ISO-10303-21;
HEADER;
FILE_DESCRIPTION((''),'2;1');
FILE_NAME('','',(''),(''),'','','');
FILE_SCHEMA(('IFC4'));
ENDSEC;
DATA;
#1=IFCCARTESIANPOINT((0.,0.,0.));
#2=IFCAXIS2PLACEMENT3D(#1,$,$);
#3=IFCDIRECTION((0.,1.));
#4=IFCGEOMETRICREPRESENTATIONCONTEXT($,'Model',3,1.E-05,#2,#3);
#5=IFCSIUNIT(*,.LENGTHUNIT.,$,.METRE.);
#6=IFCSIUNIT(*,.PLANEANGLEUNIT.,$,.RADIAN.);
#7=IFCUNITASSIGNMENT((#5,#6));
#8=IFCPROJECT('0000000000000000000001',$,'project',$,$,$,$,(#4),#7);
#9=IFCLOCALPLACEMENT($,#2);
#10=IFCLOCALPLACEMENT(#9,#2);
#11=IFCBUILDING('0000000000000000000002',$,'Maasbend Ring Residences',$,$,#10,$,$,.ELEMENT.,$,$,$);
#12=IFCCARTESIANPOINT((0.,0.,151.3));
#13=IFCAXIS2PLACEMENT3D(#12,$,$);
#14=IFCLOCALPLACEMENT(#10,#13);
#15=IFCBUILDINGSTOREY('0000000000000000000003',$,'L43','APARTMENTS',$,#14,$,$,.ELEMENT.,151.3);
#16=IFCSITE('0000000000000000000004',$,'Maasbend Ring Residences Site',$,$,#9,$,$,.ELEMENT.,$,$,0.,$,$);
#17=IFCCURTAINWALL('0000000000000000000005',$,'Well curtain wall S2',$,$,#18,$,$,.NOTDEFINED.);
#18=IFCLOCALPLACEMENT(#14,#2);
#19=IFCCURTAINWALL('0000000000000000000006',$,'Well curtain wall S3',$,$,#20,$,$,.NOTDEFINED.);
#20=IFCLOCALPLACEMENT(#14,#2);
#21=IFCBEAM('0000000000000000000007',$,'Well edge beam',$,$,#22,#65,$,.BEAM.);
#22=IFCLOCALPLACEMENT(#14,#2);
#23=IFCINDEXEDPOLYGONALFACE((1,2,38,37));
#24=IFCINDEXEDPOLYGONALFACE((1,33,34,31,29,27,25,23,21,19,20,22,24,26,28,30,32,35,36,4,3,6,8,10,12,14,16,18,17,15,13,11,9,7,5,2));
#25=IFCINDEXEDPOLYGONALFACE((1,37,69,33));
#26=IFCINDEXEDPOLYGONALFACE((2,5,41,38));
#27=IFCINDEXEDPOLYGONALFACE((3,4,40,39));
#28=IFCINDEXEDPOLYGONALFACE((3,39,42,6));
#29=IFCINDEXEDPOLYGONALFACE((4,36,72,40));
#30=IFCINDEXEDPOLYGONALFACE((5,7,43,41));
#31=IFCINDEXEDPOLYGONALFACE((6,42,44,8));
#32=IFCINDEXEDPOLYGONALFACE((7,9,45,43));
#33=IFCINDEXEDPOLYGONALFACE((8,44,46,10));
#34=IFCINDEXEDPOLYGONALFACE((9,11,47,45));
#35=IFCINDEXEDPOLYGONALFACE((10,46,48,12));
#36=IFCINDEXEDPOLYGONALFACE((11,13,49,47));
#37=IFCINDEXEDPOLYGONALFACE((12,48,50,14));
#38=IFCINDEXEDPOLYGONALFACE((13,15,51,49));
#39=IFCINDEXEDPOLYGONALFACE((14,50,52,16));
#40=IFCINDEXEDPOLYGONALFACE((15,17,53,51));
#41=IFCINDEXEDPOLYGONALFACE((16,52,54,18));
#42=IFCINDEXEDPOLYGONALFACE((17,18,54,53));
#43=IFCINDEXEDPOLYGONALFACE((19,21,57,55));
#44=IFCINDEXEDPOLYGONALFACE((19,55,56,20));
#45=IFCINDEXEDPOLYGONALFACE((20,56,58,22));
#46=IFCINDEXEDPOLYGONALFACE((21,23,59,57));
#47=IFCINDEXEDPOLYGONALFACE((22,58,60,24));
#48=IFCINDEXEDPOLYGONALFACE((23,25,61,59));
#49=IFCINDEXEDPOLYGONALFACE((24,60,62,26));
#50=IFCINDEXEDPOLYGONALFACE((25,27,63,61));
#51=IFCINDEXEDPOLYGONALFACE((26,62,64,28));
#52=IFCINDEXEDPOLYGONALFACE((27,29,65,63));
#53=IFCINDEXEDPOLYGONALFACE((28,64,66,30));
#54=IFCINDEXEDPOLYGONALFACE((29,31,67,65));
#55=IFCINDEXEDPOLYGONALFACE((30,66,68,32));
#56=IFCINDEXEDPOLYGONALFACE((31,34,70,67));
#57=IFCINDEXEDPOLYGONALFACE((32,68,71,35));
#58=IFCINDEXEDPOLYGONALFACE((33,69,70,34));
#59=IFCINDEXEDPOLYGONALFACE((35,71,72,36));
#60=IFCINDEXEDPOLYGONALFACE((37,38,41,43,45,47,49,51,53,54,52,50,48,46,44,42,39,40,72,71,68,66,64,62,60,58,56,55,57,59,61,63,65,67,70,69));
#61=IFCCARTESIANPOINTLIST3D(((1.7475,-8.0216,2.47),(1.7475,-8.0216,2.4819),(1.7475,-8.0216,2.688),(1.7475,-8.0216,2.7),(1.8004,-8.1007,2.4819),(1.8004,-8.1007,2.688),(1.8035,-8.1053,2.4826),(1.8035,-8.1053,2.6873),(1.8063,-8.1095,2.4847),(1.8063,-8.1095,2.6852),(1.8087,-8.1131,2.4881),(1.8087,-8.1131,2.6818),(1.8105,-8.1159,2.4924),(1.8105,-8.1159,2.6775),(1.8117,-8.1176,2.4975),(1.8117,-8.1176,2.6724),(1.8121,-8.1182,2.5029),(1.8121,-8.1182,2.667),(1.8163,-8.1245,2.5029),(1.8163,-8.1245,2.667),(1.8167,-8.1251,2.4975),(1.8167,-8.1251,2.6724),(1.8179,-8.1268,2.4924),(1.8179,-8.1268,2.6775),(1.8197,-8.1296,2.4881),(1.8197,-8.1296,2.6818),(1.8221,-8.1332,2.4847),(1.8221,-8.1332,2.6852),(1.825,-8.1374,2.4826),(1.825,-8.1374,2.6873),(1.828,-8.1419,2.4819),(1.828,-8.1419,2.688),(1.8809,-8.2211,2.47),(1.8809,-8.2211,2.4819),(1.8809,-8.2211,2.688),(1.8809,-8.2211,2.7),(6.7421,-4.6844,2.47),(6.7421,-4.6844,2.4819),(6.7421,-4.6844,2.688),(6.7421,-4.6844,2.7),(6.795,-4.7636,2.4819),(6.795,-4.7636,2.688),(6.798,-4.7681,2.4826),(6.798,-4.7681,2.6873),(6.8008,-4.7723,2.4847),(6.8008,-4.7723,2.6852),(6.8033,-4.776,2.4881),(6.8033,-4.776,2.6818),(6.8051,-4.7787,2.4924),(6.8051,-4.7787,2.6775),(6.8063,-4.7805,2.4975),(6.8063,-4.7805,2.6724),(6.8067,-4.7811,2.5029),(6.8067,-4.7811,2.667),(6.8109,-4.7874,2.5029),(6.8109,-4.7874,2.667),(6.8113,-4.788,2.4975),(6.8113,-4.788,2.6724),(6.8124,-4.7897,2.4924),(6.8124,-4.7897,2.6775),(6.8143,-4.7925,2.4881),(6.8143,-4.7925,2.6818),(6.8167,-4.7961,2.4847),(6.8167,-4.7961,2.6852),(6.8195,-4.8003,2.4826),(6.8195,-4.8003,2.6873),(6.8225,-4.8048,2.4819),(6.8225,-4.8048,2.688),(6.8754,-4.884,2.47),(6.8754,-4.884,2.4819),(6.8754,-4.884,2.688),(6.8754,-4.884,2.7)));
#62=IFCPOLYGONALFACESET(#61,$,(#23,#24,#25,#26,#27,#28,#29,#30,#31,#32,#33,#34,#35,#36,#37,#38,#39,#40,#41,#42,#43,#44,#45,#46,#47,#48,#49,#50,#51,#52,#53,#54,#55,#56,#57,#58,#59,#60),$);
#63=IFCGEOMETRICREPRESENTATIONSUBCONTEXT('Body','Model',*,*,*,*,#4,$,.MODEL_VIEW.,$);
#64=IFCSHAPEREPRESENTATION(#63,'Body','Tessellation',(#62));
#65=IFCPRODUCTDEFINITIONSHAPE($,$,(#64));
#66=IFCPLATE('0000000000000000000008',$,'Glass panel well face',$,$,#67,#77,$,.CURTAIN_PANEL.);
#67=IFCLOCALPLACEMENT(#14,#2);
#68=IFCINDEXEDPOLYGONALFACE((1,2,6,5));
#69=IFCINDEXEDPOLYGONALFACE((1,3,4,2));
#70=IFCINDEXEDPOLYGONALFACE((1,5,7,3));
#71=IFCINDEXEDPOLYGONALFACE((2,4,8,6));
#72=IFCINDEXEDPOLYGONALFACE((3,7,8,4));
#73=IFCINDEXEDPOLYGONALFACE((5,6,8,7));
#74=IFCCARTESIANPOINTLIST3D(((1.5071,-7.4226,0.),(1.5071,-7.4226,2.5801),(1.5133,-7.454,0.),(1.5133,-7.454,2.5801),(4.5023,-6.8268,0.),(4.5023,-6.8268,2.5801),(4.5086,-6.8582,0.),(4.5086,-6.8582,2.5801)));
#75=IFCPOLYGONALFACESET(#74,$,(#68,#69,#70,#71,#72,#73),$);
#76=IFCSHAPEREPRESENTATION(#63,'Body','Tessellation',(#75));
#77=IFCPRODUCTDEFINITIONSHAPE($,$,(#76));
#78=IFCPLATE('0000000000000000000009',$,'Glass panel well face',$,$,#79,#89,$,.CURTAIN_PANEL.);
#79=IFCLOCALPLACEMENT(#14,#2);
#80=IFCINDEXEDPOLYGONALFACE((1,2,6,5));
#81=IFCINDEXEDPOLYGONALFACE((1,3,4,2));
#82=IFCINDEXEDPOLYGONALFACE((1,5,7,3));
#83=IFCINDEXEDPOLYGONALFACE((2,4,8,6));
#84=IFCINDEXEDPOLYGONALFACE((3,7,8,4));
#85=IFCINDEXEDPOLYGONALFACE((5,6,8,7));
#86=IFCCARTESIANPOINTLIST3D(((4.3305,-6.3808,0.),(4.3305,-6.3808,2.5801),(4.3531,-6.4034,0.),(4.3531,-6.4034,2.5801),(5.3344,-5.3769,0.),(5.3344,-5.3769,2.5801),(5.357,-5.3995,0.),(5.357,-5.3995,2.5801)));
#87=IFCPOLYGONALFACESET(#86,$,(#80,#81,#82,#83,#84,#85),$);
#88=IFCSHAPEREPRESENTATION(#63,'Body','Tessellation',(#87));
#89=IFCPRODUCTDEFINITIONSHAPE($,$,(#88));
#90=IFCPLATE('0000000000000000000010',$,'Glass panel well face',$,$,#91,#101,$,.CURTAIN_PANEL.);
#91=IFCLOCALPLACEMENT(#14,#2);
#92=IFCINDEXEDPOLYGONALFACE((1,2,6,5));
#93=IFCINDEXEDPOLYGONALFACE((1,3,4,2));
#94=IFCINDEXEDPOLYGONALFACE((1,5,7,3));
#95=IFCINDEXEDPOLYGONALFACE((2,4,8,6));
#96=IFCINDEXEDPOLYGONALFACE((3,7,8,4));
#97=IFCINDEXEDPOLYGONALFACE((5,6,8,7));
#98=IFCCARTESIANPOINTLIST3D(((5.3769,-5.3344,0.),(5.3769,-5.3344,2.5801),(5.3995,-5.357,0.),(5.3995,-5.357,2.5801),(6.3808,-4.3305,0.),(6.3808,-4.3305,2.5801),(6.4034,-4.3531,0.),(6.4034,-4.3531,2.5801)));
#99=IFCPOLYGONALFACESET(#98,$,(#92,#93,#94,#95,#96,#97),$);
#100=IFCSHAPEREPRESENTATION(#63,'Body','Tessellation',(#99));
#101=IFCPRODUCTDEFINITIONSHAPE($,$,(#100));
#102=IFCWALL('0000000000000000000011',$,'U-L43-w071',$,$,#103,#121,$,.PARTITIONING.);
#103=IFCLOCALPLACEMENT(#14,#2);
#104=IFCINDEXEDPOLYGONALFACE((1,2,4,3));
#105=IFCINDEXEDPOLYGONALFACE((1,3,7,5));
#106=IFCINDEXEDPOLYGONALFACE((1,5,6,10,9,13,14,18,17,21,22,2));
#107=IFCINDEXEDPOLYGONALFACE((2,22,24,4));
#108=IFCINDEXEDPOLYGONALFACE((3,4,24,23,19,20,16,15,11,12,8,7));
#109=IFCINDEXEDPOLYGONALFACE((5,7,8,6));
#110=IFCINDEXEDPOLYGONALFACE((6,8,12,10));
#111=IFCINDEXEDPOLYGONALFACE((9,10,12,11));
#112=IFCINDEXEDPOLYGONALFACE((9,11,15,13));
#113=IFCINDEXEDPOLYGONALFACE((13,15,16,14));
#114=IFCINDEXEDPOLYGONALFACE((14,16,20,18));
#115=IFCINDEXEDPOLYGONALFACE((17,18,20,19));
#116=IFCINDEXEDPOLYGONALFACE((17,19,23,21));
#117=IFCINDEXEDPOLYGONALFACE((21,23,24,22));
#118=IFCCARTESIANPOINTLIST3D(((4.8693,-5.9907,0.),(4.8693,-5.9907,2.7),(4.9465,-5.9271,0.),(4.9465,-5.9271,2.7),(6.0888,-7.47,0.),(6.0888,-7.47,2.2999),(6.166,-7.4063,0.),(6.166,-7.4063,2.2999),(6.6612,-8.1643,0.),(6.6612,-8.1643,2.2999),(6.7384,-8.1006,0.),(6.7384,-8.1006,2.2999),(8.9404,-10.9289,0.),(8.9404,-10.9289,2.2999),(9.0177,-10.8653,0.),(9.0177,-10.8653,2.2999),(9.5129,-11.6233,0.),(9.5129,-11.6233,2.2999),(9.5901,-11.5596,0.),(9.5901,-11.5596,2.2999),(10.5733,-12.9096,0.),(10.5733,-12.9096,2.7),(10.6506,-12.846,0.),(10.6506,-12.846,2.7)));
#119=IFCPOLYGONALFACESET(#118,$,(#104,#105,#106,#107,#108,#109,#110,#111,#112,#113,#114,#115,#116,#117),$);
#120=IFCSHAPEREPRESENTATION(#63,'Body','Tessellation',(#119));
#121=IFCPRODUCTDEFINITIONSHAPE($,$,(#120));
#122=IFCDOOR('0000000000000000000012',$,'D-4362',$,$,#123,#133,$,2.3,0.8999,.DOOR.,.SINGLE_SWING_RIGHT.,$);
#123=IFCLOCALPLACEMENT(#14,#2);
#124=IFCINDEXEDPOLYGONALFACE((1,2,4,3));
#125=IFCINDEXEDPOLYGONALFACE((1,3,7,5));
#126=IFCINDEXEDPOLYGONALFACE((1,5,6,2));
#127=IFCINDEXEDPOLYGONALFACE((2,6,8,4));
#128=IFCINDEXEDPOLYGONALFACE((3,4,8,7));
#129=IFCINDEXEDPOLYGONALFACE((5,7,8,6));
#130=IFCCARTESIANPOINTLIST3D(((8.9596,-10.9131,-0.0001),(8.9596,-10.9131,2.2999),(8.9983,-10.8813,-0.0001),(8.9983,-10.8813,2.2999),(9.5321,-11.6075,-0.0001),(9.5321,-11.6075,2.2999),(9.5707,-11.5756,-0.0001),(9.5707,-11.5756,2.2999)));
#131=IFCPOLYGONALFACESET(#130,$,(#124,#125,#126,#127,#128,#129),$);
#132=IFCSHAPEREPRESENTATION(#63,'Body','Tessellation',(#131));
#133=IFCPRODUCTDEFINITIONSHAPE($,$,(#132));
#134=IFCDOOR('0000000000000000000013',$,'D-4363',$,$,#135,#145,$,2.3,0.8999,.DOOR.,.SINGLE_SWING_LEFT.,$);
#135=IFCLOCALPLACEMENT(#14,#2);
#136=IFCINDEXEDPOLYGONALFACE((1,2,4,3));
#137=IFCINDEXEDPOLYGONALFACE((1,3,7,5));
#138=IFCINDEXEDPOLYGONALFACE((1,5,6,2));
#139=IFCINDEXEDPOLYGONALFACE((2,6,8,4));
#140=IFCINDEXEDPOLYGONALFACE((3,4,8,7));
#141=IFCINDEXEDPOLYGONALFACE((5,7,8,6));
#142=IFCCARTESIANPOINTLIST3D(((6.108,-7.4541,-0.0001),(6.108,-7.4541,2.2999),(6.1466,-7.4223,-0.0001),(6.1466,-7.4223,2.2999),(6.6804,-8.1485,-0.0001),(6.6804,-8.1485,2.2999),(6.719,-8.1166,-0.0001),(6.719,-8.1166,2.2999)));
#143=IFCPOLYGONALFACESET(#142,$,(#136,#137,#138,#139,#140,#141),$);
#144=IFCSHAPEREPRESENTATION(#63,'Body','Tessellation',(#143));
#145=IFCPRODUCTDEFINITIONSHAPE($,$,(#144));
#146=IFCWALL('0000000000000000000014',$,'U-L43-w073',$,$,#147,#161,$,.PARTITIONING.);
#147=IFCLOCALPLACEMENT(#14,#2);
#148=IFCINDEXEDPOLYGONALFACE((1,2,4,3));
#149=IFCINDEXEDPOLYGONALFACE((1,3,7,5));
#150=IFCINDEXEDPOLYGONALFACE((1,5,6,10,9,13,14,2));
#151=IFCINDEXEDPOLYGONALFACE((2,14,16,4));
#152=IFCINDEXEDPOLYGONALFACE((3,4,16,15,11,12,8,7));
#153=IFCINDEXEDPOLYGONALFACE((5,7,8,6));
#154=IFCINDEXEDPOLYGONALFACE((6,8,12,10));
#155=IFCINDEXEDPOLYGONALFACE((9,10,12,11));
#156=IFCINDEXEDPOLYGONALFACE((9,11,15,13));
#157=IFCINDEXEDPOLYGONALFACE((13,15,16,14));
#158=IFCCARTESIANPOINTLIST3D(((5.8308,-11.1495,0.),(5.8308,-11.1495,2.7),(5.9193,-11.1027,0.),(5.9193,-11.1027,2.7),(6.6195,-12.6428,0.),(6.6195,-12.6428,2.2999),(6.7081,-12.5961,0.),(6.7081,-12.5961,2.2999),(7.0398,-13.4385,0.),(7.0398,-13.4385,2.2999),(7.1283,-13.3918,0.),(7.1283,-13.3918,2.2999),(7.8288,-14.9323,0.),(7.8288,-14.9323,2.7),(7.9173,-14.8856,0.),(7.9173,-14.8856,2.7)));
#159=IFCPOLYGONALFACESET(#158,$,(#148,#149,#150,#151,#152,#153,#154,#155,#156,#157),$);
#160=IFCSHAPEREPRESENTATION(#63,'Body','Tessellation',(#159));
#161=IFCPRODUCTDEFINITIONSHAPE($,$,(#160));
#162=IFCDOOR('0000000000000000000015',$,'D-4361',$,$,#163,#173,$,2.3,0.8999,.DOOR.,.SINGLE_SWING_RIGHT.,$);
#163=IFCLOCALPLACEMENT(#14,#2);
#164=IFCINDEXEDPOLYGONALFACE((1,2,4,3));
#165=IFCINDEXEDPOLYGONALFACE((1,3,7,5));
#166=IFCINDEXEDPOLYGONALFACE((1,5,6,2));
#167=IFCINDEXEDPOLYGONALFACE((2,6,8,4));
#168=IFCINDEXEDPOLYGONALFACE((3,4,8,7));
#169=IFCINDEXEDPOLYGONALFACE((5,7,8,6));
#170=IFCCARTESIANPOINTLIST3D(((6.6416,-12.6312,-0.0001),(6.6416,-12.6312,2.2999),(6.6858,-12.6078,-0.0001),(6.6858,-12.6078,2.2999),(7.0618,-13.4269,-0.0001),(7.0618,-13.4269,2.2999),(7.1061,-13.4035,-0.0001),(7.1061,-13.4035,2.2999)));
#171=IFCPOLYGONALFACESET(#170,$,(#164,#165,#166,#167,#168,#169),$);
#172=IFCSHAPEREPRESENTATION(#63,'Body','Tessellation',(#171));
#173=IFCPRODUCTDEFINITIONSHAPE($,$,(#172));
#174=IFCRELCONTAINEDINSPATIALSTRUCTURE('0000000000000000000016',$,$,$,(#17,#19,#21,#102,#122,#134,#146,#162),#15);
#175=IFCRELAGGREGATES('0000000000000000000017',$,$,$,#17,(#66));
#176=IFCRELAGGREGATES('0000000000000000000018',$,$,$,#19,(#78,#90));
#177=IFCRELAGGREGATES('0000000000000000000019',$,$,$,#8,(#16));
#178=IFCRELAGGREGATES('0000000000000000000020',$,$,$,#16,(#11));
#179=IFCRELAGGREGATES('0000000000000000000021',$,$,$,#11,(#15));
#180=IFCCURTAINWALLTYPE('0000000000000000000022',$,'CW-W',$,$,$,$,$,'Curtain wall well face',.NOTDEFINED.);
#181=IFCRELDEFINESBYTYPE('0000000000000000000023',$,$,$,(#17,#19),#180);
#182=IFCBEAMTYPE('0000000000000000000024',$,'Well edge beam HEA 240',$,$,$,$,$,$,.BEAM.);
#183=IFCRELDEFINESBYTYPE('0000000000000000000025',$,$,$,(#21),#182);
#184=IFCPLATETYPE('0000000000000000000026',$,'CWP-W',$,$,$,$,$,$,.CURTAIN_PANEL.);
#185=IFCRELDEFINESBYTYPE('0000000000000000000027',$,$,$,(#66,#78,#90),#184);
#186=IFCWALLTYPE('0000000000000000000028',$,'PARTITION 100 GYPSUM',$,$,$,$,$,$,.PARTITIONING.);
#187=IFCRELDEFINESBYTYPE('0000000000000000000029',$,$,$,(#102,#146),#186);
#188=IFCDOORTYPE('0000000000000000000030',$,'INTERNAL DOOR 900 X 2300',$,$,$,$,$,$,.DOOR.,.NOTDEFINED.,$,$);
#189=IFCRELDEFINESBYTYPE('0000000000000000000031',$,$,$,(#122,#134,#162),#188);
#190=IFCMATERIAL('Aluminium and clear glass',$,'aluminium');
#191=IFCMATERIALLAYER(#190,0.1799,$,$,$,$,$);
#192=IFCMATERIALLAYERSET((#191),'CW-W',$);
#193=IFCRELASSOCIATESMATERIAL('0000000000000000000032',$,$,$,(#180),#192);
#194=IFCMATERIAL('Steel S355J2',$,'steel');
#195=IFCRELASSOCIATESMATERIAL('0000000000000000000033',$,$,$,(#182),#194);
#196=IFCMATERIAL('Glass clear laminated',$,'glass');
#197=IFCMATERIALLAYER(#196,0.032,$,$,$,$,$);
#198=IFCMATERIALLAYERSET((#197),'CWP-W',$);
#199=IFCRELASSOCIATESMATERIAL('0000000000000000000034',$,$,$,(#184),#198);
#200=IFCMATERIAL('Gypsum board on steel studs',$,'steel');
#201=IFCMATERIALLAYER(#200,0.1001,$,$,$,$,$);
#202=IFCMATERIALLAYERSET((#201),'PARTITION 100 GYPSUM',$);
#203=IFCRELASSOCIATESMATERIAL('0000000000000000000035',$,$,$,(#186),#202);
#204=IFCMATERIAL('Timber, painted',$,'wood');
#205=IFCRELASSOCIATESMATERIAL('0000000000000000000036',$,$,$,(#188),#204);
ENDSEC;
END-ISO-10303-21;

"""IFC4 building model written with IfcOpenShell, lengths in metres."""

from ifc_helpers import new_model, si_unit, direction, frame, frame_2d, origin, origin_2d, place, context, subcontext, project, spatial, rectangle, i_section, extrude, material, layer, layer_set, material_profile, profile_set, type_object, element, fill, aggregate, save


model = new_model("IFC4")

# Units and contexts
model_context = context("Model", 3, precision=1e-05, world=origin(), true_north=direction((0.0, 1.0)))
body_context = subcontext(model_context, "Body", "Model", "MODEL_VIEW")
ifc_project = project(units=[si_unit("LENGTHUNIT", "METRE"), si_unit("PLANEANGLEUNIT", "RADIAN")], contexts=[model_context])

# Site, building, storey
site_placement = place(None, origin())
site = spatial("IfcSite", under=ifc_project, at=site_placement, Name="Maasbend Ring Residences Site", CompositionType="ELEMENT", RefElevation=0.0)
building_placement = place(site_placement, origin())
building = spatial("IfcBuilding", under=site, at=building_placement, Name="Maasbend Ring Residences", CompositionType="ELEMENT")
storey_placement = place(building_placement, frame((0.0, 0.0, 151.3)))
storey = spatial("IfcBuildingStorey", under=building, at=storey_placement, Name="L43", Description="APARTMENTS", CompositionType="ELEMENT", Elevation=151.3)

# Curtain walls
ifc_material_1 = material(Name="Aluminium and clear glass", Category="aluminium")
ifc_layer_1 = layer(ifc_material_1, 0.1799)
ifc_layer_set_1 = layer_set([ifc_layer_1], Name="CW-W")
curtain_wall_type = type_object("IfcCurtainWallType", Name="CW-W", ElementType="Curtain wall well face", PredefinedType="NOTDEFINED", material=ifc_layer_set_1)
curtain_wall_1_placement = place(storey_placement, origin())
curtain_wall_1 = element("IfcCurtainWall", 1, at=curtain_wall_1_placement, inside=storey, type_object=curtain_wall_type, Name="Well curtain wall S2", PredefinedType="NOTDEFINED")
curtain_wall_2_placement = place(storey_placement, origin())
curtain_wall_2 = element("IfcCurtainWall", 2, at=curtain_wall_2_placement, inside=storey, type_object=curtain_wall_type, Name="Well curtain wall S3", PredefinedType="NOTDEFINED")

# Beam
ifc_material_2 = material(Name="Steel S355J2", Category="steel")
ifc_material_profile_1 = material_profile(ifc_material_2, i_section(OverallWidth=0.24, OverallDepth=0.23, WebThickness=0.0076, FlangeThickness=0.012, FilletRadius=0.021, at=origin_2d()), Name="HEA 240")
ifc_profile_set_1 = profile_set([ifc_material_profile_1], Name="Steel S355J2")
beam_type = type_object("IfcBeamType", Name="Well edge beam HEA 240", PredefinedType="BEAM", material=ifc_profile_set_1)
beam_placement = place(storey_placement, frame((1.8142, -8.1213, 2.585), z_axis=(0.831481, 0.555553, 0.0), x_axis=(-0.555553, 0.831481, 0.0)))
element("IfcBeam", 3, at=beam_placement, inside=storey, type_object=beam_type, Name="Well edge beam", PredefinedType="BEAM", context=body_context, shape_type="SweptSolid", body=[
    extrude(i_section(OverallWidth=0.24, OverallDepth=0.23, WebThickness=0.0076, FlangeThickness=0.012, FilletRadius=0.021, at=origin_2d()), origin(), (0.0, 0.0, 1.0), 6.0068),
])

# Plates
ifc_material_3 = material(Name="Glass clear laminated", Category="glass")
ifc_layer_2 = layer(ifc_material_3, 0.032)
ifc_layer_set_2 = layer_set([ifc_layer_2], Name="CWP-W")
plate_type = type_object("IfcPlateType", Name="CWP-W", PredefinedType="CURTAIN_PANEL", material=ifc_layer_set_2)
plate_1_placement = place(storey_placement, frame((3.0078, -7.1404, 0.0), z_axis=(0.0, 0.0, 1.0), x_axis=(0.980785, 0.19509, 0.0)))
plate_1 = element("IfcPlate", 4, at=plate_1_placement, type_object=plate_type, Name="Glass panel well face", PredefinedType="CURTAIN_PANEL", context=body_context, shape_type="SweptSolid", body=[
    extrude(rectangle(XDim=3.054, YDim=0.032, at=origin_2d()), origin(), (0.0, 0.0, 1.0), 2.5801),
])
aggregate(curtain_wall_1, [plate_1])
plate_2_placement = place(storey_placement, frame((4.8438, -5.8901, 0.0), z_axis=(0.0, 0.0, 1.0), x_axis=(0.707107, 0.707107, 0.0)))
plate_2 = element("IfcPlate", 5, at=plate_2_placement, type_object=plate_type, Name="Glass panel well face", PredefinedType="CURTAIN_PANEL", context=body_context, shape_type="SweptSolid", body=[
    extrude(rectangle(XDim=1.4197, YDim=0.032, at=origin_2d()), origin(), (0.0, 0.0, 1.0), 2.5801),
])
plate_3_placement = place(storey_placement, frame((5.8901, -4.8438, 0.0), z_axis=(0.0, 0.0, 1.0), x_axis=(0.707107, 0.707107, 0.0)))
plate_3 = element("IfcPlate", 6, at=plate_3_placement, type_object=plate_type, Name="Glass panel well face", PredefinedType="CURTAIN_PANEL", context=body_context, shape_type="SweptSolid", body=[
    extrude(rectangle(XDim=1.4197, YDim=0.032, at=origin_2d()), origin(), (0.0, 0.0, 1.0), 2.5801),
])
aggregate(curtain_wall_2, [plate_2, plate_3])

# Wall, openings, doors
ifc_material_4 = material(Name="Gypsum board on steel studs", Category="steel")
ifc_layer_3 = layer(ifc_material_4, 0.1001)
ifc_layer_set_3 = layer_set([ifc_layer_3], Name="PARTITION 100 GYPSUM")
wall_type_1 = type_object("IfcWallType", Name="PARTITION 100 GYPSUM", PredefinedType="PARTITIONING", material=ifc_layer_set_3)
wall_1_placement = place(storey_placement, frame((4.908, -5.959, 0.0), z_axis=(0.0, 0.0, 1.0), x_axis=(0.636116, -0.771594, 0.0)))
wall_1 = element("IfcWall", 7, at=wall_1_placement, inside=storey, type_object=wall_type_1, Name="U-L43-w071", PredefinedType="PARTITIONING", context=body_context, shape_type="SweptSolid", body=[
    extrude(rectangle(XDim=8.967, YDim=0.1001, at=frame_2d((4.4834, 0.0))), origin(), (0.0, 0.0, 1.0), 2.7),
])
opening_1_placement = place(wall_1_placement, frame((6.3999, 0.0, 0.0)))
opening_1 = element("IfcOpeningElement", 8, at=opening_1_placement, cuts=wall_1, PredefinedType="OPENING", context=body_context, shape_type="SweptSolid", body=[
    extrude(rectangle(XDim=0.8999, YDim=2.3, at=frame_2d((0.45, 1.1499))), frame((0.0, 0.0601, 0.0), z_axis=(0.0, -1.0, 0.0), x_axis=(1.0, 0.0, 0.0)), (0.0, 0.0, 1.0), 0.1201),
])
opening_2_placement = place(wall_1_placement, frame((1.917, 0.0, 0.0)))
opening_2 = element("IfcOpeningElement", 9, at=opening_2_placement, cuts=wall_1, PredefinedType="OPENING", context=body_context, shape_type="SweptSolid", body=[
    extrude(rectangle(XDim=0.8999, YDim=2.3, at=frame_2d((0.45, 1.1499))), frame((0.0, 0.0601, 0.0), z_axis=(0.0, -1.0, 0.0), x_axis=(1.0, 0.0, 0.0)), (0.0, 0.0, 1.0), 0.1201),
])
ifc_material_5 = material(Name="Timber, painted", Category="wood")
door_type = type_object("IfcDoorType", Name="INTERNAL DOOR 900 X 2300", OperationType="NOTDEFINED", PredefinedType="DOOR", material=ifc_material_5)
door_1_placement = place(opening_1_placement, origin())
door_1 = element("IfcDoor", 10, at=door_1_placement, inside=storey, type_object=door_type, Name="D-4362", OperationType="SINGLE_SWING_RIGHT", OverallHeight=2.3, OverallWidth=0.8999, PredefinedType="DOOR", context=body_context, shape_type="SweptSolid", body=[
    extrude(rectangle(XDim=0.8999, YDim=2.3, at=frame_2d((0.45, 1.1499))), frame((0.0, 0.0249, 0.0), z_axis=(0.0, -1.0, 0.0), x_axis=(1.0, 0.0, 0.0)), (0.0, 0.0, 1.0), 0.05),
])
fill(opening_1, door_1)
door_2_placement = place(opening_2_placement, origin())
door_2 = element("IfcDoor", 11, at=door_2_placement, inside=storey, type_object=door_type, Name="D-4363", OperationType="SINGLE_SWING_LEFT", OverallHeight=2.3, OverallWidth=0.8999, PredefinedType="DOOR", context=body_context, shape_type="SweptSolid", body=[
    extrude(rectangle(XDim=0.8999, YDim=2.3, at=frame_2d((0.45, 1.1499))), frame((0.0, 0.0249, 0.0), z_axis=(0.0, -1.0, 0.0), x_axis=(1.0, 0.0, 0.0)), (0.0, 0.0, 1.0), 0.05),
])
fill(opening_2, door_2)

# Wall, opening, door
wall_2_placement = place(storey_placement, frame((5.875, -11.126, 0.0), z_axis=(0.0, 0.0, 1.0), x_axis=(0.46703, -0.884241, 0.0)))
wall_2 = element("IfcWall", 12, at=wall_2_placement, inside=storey, type_object=wall_type_1, Name="U-L43-w073", PredefinedType="PARTITIONING", context=body_context, shape_type="SweptSolid", body=[
    extrude(rectangle(XDim=4.2781, YDim=0.1001, at=frame_2d((2.1392, 0.0))), origin(), (0.0, 0.0, 1.0), 2.7),
])
opening_3_placement = place(wall_2_placement, frame((1.689, 0.0, 0.0)))
opening_3 = element("IfcOpeningElement", 13, at=opening_3_placement, cuts=wall_2, PredefinedType="OPENING", context=body_context, shape_type="SweptSolid", body=[
    extrude(rectangle(XDim=0.8999, YDim=2.3, at=frame_2d((0.45, 1.1499))), frame((0.0, 0.0601, 0.0), z_axis=(0.0, -1.0, 0.0), x_axis=(1.0, 0.0, 0.0)), (0.0, 0.0, 1.0), 0.1201),
])
door_3_placement = place(opening_3_placement, origin())
door_3 = element("IfcDoor", 14, at=door_3_placement, inside=storey, type_object=door_type, Name="D-4361", OperationType="SINGLE_SWING_RIGHT", OverallHeight=2.3, OverallWidth=0.8999, PredefinedType="DOOR", context=body_context, shape_type="SweptSolid", body=[
    extrude(rectangle(XDim=0.8999, YDim=2.3, at=frame_2d((0.45, 1.1499))), frame((0.0, 0.0249, 0.0), z_axis=(0.0, -1.0, 0.0), x_axis=(1.0, 0.0, 0.0)), (0.0, 0.0, 1.0), 0.05),
])
fill(opening_3, door_3)

save(model, "model.ifc")
